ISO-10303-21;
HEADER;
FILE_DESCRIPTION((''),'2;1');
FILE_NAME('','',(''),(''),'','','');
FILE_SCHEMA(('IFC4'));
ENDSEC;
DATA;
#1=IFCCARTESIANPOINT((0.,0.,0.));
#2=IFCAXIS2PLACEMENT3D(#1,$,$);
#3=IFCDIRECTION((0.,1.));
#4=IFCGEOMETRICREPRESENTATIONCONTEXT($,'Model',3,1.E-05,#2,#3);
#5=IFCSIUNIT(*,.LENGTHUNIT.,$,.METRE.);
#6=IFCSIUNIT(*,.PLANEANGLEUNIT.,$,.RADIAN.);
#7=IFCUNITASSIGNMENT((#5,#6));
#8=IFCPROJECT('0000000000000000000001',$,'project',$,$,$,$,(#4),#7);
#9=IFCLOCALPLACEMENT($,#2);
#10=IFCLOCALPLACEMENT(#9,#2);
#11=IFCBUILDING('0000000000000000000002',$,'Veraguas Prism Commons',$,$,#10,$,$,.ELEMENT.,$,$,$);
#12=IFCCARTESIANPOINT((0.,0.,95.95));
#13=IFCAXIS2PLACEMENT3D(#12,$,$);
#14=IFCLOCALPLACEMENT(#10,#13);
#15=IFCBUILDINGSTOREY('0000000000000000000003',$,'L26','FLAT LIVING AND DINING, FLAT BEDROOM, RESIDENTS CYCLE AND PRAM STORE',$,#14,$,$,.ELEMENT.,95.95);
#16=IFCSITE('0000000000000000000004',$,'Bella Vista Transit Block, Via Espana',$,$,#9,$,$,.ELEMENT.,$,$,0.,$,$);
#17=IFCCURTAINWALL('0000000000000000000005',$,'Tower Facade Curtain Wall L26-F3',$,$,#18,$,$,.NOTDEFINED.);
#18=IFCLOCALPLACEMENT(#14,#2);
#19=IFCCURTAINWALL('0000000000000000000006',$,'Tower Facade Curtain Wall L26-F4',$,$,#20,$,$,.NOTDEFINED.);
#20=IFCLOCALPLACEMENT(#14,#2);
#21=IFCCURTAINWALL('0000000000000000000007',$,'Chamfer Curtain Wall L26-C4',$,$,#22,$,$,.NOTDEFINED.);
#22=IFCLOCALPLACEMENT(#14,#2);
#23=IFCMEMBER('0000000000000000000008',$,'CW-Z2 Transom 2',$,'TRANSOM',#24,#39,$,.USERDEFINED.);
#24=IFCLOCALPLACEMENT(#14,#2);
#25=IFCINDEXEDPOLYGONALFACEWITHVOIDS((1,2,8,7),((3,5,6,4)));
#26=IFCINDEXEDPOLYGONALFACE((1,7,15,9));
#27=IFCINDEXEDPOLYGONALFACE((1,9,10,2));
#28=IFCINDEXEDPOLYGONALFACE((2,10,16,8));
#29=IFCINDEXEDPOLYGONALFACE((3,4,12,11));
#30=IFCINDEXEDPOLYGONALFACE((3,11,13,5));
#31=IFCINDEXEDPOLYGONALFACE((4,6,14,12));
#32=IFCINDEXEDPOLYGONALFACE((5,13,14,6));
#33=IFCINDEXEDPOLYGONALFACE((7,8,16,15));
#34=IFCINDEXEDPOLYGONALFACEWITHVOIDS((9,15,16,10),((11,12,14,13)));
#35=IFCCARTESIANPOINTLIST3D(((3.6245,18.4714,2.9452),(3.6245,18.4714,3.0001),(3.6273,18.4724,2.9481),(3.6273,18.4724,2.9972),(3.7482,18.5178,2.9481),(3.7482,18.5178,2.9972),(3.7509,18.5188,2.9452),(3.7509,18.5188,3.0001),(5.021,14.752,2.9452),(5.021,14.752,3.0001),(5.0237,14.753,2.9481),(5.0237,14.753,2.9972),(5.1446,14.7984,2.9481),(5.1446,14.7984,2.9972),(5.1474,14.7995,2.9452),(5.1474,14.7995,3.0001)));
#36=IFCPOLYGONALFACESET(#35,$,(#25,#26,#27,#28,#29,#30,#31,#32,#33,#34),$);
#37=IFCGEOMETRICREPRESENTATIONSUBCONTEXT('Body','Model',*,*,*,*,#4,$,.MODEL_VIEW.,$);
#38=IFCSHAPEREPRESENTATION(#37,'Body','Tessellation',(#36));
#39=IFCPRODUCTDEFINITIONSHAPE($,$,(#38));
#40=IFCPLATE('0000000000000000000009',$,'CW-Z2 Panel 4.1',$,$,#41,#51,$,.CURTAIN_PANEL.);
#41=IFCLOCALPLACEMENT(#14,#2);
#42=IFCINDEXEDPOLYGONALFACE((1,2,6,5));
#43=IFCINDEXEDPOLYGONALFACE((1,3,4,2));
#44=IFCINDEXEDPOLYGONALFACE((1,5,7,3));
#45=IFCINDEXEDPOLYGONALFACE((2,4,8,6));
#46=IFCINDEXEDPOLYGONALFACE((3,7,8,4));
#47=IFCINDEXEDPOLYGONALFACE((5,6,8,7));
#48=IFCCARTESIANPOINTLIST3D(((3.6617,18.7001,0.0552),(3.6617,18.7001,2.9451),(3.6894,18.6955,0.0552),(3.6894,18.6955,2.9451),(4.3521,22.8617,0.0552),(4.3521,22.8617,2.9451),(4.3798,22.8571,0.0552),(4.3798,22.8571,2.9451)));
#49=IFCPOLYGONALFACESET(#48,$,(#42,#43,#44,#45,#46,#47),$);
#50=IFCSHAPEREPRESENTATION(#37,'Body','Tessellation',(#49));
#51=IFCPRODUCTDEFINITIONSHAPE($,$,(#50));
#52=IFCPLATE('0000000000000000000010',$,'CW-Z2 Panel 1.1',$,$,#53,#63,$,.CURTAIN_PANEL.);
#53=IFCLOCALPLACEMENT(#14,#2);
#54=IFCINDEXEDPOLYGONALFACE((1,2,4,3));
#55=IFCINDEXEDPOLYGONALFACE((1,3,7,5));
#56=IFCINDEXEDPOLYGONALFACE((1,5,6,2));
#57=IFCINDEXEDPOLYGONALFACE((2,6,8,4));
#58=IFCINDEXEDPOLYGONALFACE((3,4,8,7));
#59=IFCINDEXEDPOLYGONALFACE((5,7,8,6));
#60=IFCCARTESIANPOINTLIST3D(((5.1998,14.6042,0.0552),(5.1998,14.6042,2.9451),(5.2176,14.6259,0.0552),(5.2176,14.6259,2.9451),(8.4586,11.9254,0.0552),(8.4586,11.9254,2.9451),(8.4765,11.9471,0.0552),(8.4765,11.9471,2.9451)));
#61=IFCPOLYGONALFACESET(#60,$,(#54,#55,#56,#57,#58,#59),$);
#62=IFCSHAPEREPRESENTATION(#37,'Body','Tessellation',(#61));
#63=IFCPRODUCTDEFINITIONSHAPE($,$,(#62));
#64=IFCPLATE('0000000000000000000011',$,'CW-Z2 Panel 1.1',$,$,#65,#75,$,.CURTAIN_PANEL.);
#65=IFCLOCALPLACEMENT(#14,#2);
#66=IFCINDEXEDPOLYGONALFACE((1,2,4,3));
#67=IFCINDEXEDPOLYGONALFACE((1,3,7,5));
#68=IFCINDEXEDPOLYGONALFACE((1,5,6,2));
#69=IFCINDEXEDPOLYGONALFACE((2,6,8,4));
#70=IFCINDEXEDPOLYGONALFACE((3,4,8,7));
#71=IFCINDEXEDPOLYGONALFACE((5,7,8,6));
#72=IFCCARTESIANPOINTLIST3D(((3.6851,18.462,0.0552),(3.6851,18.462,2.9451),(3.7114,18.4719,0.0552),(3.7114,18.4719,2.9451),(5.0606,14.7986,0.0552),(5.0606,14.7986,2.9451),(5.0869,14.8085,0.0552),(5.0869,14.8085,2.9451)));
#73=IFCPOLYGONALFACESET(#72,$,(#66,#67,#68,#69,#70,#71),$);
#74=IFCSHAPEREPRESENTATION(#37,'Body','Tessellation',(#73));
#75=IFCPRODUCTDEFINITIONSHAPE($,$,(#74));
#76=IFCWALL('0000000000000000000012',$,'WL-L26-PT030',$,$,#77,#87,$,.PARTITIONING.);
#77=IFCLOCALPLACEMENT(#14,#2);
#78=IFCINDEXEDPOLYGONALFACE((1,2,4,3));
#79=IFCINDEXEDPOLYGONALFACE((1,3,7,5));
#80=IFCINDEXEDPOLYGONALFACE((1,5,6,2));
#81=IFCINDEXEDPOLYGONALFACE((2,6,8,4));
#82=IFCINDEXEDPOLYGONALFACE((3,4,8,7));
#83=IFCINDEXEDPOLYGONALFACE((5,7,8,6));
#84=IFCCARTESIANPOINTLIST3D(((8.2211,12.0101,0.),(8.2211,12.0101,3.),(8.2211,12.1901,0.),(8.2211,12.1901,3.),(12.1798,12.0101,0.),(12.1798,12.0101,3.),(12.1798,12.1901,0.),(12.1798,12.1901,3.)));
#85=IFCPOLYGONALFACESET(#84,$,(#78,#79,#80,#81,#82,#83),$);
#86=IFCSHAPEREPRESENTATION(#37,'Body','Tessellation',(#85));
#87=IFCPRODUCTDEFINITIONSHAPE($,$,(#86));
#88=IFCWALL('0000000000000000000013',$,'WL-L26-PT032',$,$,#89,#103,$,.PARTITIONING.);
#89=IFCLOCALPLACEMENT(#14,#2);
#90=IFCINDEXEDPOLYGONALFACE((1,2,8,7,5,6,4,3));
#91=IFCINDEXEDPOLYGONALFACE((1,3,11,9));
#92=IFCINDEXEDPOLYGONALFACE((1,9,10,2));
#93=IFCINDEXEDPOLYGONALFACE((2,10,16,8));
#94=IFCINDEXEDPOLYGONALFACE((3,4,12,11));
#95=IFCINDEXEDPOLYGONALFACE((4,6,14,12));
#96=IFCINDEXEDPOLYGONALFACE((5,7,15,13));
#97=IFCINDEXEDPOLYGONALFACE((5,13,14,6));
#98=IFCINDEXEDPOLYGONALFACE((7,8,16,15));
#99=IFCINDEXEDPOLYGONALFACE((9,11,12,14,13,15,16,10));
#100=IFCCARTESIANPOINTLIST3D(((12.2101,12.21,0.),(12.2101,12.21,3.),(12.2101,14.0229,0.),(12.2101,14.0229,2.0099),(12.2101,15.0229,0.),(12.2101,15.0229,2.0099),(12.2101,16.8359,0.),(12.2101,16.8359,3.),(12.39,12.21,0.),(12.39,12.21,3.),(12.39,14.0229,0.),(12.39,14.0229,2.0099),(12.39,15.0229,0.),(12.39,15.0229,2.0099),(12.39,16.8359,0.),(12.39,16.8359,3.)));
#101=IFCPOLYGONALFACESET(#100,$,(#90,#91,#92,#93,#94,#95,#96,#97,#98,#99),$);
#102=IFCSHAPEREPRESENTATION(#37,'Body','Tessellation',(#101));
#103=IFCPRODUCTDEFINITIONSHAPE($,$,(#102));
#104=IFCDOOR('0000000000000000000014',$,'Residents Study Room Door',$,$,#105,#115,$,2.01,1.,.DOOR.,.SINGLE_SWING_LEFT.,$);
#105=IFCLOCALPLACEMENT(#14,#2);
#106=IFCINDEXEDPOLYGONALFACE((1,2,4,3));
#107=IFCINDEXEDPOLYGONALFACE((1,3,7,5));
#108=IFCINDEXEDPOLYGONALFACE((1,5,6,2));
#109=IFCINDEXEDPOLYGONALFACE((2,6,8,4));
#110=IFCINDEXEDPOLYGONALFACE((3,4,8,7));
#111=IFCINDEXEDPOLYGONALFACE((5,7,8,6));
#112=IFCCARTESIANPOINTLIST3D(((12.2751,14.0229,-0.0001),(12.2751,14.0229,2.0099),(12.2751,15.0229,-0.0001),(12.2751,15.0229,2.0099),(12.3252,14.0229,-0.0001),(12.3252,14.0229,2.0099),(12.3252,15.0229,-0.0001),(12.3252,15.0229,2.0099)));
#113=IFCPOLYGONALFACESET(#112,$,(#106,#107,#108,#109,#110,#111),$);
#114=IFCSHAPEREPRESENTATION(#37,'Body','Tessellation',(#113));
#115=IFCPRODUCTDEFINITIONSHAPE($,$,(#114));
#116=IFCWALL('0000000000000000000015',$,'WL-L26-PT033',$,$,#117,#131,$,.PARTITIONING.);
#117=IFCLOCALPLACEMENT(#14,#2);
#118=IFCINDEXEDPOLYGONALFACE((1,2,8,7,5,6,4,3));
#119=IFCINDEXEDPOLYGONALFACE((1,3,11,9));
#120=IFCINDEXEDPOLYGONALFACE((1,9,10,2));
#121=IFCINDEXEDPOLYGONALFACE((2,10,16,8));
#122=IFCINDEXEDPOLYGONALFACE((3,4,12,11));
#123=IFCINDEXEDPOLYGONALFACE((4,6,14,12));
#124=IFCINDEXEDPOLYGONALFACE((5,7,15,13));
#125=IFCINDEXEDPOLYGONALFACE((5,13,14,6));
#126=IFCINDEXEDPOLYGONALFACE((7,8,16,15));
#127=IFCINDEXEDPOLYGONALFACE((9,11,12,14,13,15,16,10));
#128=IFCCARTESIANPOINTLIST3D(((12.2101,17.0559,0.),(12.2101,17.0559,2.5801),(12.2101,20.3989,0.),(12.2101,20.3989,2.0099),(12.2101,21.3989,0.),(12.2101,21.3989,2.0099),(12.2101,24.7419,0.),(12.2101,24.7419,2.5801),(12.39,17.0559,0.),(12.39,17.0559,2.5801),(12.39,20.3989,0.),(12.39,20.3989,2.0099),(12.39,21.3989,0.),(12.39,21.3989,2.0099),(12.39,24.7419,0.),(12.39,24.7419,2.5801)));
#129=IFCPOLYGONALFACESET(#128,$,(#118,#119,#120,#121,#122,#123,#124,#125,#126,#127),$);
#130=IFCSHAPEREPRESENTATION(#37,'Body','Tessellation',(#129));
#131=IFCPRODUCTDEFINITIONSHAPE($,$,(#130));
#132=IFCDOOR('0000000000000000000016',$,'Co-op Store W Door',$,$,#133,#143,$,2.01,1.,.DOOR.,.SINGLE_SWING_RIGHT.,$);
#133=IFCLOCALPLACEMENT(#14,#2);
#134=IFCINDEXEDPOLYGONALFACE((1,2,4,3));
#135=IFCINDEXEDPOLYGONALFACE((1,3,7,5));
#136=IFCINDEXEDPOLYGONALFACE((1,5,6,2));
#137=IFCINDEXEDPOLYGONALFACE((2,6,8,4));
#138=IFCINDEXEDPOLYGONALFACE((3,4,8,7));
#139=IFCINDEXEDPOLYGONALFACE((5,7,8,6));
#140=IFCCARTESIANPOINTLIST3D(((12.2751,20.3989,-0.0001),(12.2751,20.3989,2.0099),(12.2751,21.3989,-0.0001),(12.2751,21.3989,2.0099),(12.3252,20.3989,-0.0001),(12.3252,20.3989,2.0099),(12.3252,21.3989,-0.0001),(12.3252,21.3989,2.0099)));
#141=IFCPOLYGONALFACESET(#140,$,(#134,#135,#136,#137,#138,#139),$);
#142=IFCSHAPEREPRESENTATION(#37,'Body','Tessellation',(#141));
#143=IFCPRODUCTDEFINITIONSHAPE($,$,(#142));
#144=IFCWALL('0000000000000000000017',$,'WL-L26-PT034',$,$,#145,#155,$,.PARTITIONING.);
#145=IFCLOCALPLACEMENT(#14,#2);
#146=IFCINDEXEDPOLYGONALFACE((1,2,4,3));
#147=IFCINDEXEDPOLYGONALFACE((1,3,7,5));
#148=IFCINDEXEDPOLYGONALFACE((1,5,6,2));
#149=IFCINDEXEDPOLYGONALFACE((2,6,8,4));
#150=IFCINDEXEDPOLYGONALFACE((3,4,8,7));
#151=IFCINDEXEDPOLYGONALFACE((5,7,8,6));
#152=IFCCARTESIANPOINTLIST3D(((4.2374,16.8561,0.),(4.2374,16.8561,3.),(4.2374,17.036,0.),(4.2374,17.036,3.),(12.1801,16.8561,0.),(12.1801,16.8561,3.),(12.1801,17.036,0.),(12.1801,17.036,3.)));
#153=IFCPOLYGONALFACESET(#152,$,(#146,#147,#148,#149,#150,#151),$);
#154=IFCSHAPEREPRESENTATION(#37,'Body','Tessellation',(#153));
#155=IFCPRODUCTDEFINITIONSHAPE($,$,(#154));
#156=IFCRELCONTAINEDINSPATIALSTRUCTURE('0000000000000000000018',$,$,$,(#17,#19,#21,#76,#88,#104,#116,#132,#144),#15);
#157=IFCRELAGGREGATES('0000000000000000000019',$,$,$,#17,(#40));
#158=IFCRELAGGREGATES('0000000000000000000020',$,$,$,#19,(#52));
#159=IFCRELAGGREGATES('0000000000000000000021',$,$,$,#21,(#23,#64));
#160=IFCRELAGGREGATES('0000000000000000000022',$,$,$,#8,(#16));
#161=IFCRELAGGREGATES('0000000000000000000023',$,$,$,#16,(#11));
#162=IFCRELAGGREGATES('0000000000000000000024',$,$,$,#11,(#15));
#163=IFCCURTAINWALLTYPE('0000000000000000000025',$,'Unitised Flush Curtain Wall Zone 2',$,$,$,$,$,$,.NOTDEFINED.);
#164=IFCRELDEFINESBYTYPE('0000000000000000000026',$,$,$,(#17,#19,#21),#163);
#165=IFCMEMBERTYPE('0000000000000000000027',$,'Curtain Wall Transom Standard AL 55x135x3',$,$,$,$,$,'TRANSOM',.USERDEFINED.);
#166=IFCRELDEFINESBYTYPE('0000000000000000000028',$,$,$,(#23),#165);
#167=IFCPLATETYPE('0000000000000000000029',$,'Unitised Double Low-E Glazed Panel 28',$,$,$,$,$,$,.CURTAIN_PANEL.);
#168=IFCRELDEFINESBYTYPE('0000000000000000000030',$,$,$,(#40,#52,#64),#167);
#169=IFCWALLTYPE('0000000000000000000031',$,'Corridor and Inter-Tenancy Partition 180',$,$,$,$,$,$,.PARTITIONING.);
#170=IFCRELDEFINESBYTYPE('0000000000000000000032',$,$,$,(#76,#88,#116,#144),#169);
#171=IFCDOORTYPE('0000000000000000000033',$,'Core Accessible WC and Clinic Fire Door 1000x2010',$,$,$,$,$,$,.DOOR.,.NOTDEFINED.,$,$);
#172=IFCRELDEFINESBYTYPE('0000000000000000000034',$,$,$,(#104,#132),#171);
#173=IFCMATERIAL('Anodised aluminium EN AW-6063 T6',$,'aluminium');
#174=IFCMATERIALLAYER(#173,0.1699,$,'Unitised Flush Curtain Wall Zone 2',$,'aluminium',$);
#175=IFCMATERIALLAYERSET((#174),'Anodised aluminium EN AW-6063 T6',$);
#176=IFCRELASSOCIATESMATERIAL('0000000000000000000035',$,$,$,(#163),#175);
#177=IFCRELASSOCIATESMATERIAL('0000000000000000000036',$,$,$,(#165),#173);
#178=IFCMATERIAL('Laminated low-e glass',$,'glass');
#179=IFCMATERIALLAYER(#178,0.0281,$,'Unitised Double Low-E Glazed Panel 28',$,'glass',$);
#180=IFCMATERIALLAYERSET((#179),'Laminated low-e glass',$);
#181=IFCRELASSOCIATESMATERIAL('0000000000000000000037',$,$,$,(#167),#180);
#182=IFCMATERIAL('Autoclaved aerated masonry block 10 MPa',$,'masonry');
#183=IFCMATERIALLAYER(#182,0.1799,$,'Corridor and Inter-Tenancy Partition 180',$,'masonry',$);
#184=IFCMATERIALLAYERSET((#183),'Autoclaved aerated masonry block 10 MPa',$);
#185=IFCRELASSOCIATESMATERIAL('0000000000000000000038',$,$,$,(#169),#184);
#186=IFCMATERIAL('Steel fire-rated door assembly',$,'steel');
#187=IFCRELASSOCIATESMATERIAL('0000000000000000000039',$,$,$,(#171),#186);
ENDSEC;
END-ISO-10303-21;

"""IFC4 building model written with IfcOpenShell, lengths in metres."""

from ifc_helpers import new_model, si_unit, direction, frame, frame_2d, origin, origin_2d, place, context, subcontext, project, spatial, rectangle, hollow_rectangle, extrude, source, transform, mapped, material, layer, layer_set, material_profile, profile_set, type_object, element, fill, aggregate, save


model = new_model("IFC4")

# Units and contexts
model_context = context("Model", 3, precision=1e-05, world=origin(), true_north=direction((0.0, 1.0)))
body_context = subcontext(model_context, "Body", "Model", "MODEL_VIEW")
ifc_project = project(units=[si_unit("LENGTHUNIT", "METRE"), si_unit("PLANEANGLEUNIT", "RADIAN")], contexts=[model_context])

# Site, building, storey
site_placement = place(None, origin())
site = spatial("IfcSite", under=ifc_project, at=site_placement, Name="Bella Vista Transit Block, Via Espana", CompositionType="ELEMENT", RefElevation=0.0)
building_placement = place(site_placement, origin())
building = spatial("IfcBuilding", under=site, at=building_placement, Name="Veraguas Prism Commons", CompositionType="ELEMENT")
storey_placement = place(building_placement, frame((0.0, 0.0, 95.95)))
storey = spatial("IfcBuildingStorey", under=building, at=storey_placement, Name="L26", Description="FLAT LIVING AND DINING, FLAT BEDROOM, RESIDENTS CYCLE AND PRAM STORE", CompositionType="ELEMENT", Elevation=95.95)

# Curtain walls
ifc_material_1 = material(Name="Anodised aluminium EN AW-6063 T6", Category="aluminium")
ifc_layer_1 = layer(ifc_material_1, 0.1699, Name="Unitised Flush Curtain Wall Zone 2", Category="aluminium")
ifc_layer_set_1 = layer_set([ifc_layer_1], Name="Anodised aluminium EN AW-6063 T6")
curtain_wall_type = type_object("IfcCurtainWallType", Name="Unitised Flush Curtain Wall Zone 2", PredefinedType="NOTDEFINED", material=ifc_layer_set_1)
curtain_wall_1_placement = place(storey_placement, origin())
curtain_wall_1 = element("IfcCurtainWall", 1, at=curtain_wall_1_placement, inside=storey, type_object=curtain_wall_type, Name="Tower Facade Curtain Wall L26-F3", PredefinedType="NOTDEFINED")
curtain_wall_2_placement = place(storey_placement, origin())
curtain_wall_2 = element("IfcCurtainWall", 2, at=curtain_wall_2_placement, inside=storey, type_object=curtain_wall_type, Name="Tower Facade Curtain Wall L26-F4", PredefinedType="NOTDEFINED")

# Curtain wall
curtain_wall_3_placement = place(storey_placement, origin())
curtain_wall_3 = element("IfcCurtainWall", 3, at=curtain_wall_3_placement, inside=storey, type_object=curtain_wall_type, Name="Chamfer Curtain Wall L26-C4", PredefinedType="NOTDEFINED")

# Member
ifc_material_profile_1 = material_profile(ifc_material_1, hollow_rectangle(XDim=0.0549, YDim=0.135, WallThickness=0.0029, at=origin_2d()), Name="AL55X135X3")
ifc_profile_set_1 = profile_set([ifc_material_profile_1], Name="Anodised aluminium EN AW-6063 T6")
member_type_1 = type_object("IfcMemberType", Name="Curtain Wall Transom Standard AL 55x135x3", ElementType="TRANSOM", PredefinedType="USERDEFINED", material=ifc_profile_set_1)
shared_shape_1 = source(origin(), body_context, "Body", "SweptSolid", [
    extrude(hollow_rectangle(XDim=0.0549, YDim=0.135, WallThickness=0.0029, at=origin_2d()), origin(), (0.0, 0.0, 1.0), 3.9729),
])
member_1_placement = place(storey_placement, frame((3.6877, 18.4951, 2.9727), z_axis=(0.351494, -0.93619, 0.0), x_axis=(0.0, 0.0, 1.0)))
member_1 = element("IfcMember", 4, at=member_1_placement, type_object=member_type_1, Name="CW-Z2 Transom 2", ObjectType="TRANSOM", PredefinedType="USERDEFINED", context=body_context, shape_type="MappedRepresentation", body=[
    mapped(shared_shape_1, transform((0.0, 0.0, 0.0), scale=1.0)),
])

# Plates
ifc_material_2 = material(Name="Laminated low-e glass", Category="glass")
ifc_layer_2 = layer(ifc_material_2, 0.0281, Name="Unitised Double Low-E Glazed Panel 28", Category="glass")
ifc_layer_set_2 = layer_set([ifc_layer_2], Name="Laminated low-e glass")
plate_type = type_object("IfcPlateType", Name="Unitised Double Low-E Glazed Panel 28", PredefinedType="CURTAIN_PANEL", material=ifc_layer_set_2)
shared_shape_2 = source(origin(), body_context, "Body", "SweptSolid", [
    extrude(rectangle(XDim=4.2185, YDim=0.0281, at=origin_2d()), origin(), (0.0, 0.0, 1.0), 2.8899),
])
plate_1_placement = place(storey_placement, frame((4.0208, 20.7786, 0.0552), z_axis=(0.0, 0.0, 1.0), x_axis=(-0.163672, -0.986515, 0.0)))
plate_1 = element("IfcPlate", 5, at=plate_1_placement, type_object=plate_type, Name="CW-Z2 Panel 4.1", PredefinedType="CURTAIN_PANEL", context=body_context, shape_type="MappedRepresentation", body=[
    mapped(shared_shape_2, transform((0.0, 0.0, 0.0), scale=1.0)),
])
aggregate(curtain_wall_1, [plate_1])
plate_2_placement = place(storey_placement, frame((6.8381, 13.2756, 0.0552), z_axis=(0.0, 0.0, 1.0), x_axis=(0.772512, -0.635, 0.0)))
plate_2 = element("IfcPlate", 6, at=plate_2_placement, type_object=plate_type, Name="CW-Z2 Panel 1.1", PredefinedType="CURTAIN_PANEL", context=body_context, shape_type="MappedRepresentation", body=[
    mapped(shared_shape_2, transform((0.0, 0.0, 0.0), scale=1.0)),
])
aggregate(curtain_wall_2, [plate_2])
shared_shape_3 = source(origin(), body_context, "Body", "SweptSolid", [
    extrude(rectangle(XDim=3.9131, YDim=0.0281, at=origin_2d()), origin(), (0.0, 0.0, 1.0), 2.8899),
])
plate_3_placement = place(storey_placement, frame((4.386, 16.6353, 0.0552), z_axis=(0.0, 0.0, 1.0), x_axis=(0.351518, -0.936181, 0.0)))
plate_3 = element("IfcPlate", 7, at=plate_3_placement, type_object=plate_type, Name="CW-Z2 Panel 1.1", PredefinedType="CURTAIN_PANEL", context=body_context, shape_type="MappedRepresentation", body=[
    mapped(shared_shape_3, transform((0.0, 0.0, 0.0), scale=1.0)),
])
aggregate(curtain_wall_3, [member_1, plate_3])

# Wall
ifc_material_3 = material(Name="Autoclaved aerated masonry block 10 MPa", Category="masonry")
ifc_layer_3 = layer(ifc_material_3, 0.1799, Name="Corridor and Inter-Tenancy Partition 180", Category="masonry")
ifc_layer_set_3 = layer_set([ifc_layer_3], Name="Autoclaved aerated masonry block 10 MPa")
wall_type = type_object("IfcWallType", Name="Corridor and Inter-Tenancy Partition 180", PredefinedType="PARTITIONING", material=ifc_layer_set_3)
wall_1_placement = place(storey_placement, frame((12.1799, 12.1001, 0.0), z_axis=(0.0, 0.0, 1.0), x_axis=(-1.0, 0.0, 0.0)))
element("IfcWall", 8, at=wall_1_placement, inside=storey, type_object=wall_type, Name="WL-L26-PT030", PredefinedType="PARTITIONING", context=body_context, shape_type="SweptSolid", body=[
    extrude(rectangle(XDim=3.9587, YDim=0.1799, at=frame_2d((1.9795, 0.0))), origin(), (0.0, 0.0, 1.0), 3.0),
])

# Walls, openings, doors
wall_2_placement = place(storey_placement, frame((12.3, 12.21, 0.0), z_axis=(0.0, 0.0, 1.0), x_axis=(0.0, 1.0, 0.0)))
wall_2 = element("IfcWall", 9, at=wall_2_placement, inside=storey, type_object=wall_type, Name="WL-L26-PT032", PredefinedType="PARTITIONING", context=body_context, shape_type="SweptSolid", body=[
    extrude(rectangle(XDim=4.626, YDim=0.1799, at=frame_2d((2.313, 0.0))), origin(), (0.0, 0.0, 1.0), 3.0),
])
opening_1_placement = place(wall_2_placement, frame((1.813, 0.0, 0.0)))
opening_1 = element("IfcOpeningElement", 10, at=opening_1_placement, cuts=wall_2, PredefinedType="OPENING", context=body_context, shape_type="SweptSolid", body=[
    extrude(rectangle(XDim=1.0, YDim=2.01, at=frame_2d((0.5, 1.0049))), frame((0.0, 0.0999, 0.0), z_axis=(0.0, -1.0, 0.0), x_axis=(1.0, 0.0, 0.0)), (0.0, 0.0, 1.0), 0.2),
])
ifc_material_4 = material(Name="Steel fire-rated door assembly", Category="steel")
door_type = type_object("IfcDoorType", Name="Core Accessible WC and Clinic Fire Door 1000x2010", OperationType="NOTDEFINED", PredefinedType="DOOR", material=ifc_material_4)
shared_shape_4 = source(origin(), body_context, "Body", "SweptSolid", [
    extrude(rectangle(XDim=1.0, YDim=2.01, at=frame_2d((0.5, 1.0049))), frame((0.0, 0.0249, 0.0), z_axis=(0.0, -1.0, 0.0), x_axis=(1.0, 0.0, 0.0)), (0.0, 0.0, 1.0), 0.05),
])
door_1_placement = place(opening_1_placement, origin())
door_1 = element("IfcDoor", 11, at=door_1_placement, inside=storey, type_object=door_type, Name="Residents Study Room Door", OperationType="SINGLE_SWING_LEFT", OverallHeight=2.01, OverallWidth=1.0, PredefinedType="DOOR", context=body_context, shape_type="MappedRepresentation", body=[
    mapped(shared_shape_4, transform((0.0, 0.0, 0.0), scale=1.0)),
])
fill(opening_1, door_1)
wall_3_placement = place(storey_placement, frame((12.3, 17.0559, 0.0), z_axis=(0.0, 0.0, 1.0), x_axis=(0.0, 1.0, 0.0)))
wall_3 = element("IfcWall", 12, at=wall_3_placement, inside=storey, type_object=wall_type, Name="WL-L26-PT033", PredefinedType="PARTITIONING", context=body_context, shape_type="SweptSolid", body=[
    extrude(rectangle(XDim=7.686, YDim=0.1799, at=frame_2d((3.843, 0.0))), origin(), (0.0, 0.0, 1.0), 2.5801),
])
opening_2_placement = place(wall_3_placement, frame((3.343, 0.0, 0.0)))
opening_2 = element("IfcOpeningElement", 13, at=opening_2_placement, cuts=wall_3, PredefinedType="OPENING", context=body_context, shape_type="SweptSolid", body=[
    extrude(rectangle(XDim=1.0, YDim=2.01, at=frame_2d((0.5, 1.0049))), frame((0.0, 0.0999, 0.0), z_axis=(0.0, -1.0, 0.0), x_axis=(1.0, 0.0, 0.0)), (0.0, 0.0, 1.0), 0.2),
])
door_2_placement = place(opening_2_placement, origin())
door_2 = element("IfcDoor", 14, at=door_2_placement, inside=storey, type_object=door_type, Name="Co-op Store W Door", OperationType="SINGLE_SWING_RIGHT", OverallHeight=2.01, OverallWidth=1.0, PredefinedType="DOOR", context=body_context, shape_type="MappedRepresentation", body=[
    mapped(shared_shape_4, transform((0.0, 0.0, 0.0), scale=1.0)),
])
fill(opening_2, door_2)

# Wall
wall_4_placement = place(storey_placement, frame((12.1799, 16.946, 0.0), z_axis=(0.0, 0.0, 1.0), x_axis=(-1.0, 0.0, 0.0)))
element("IfcWall", 15, at=wall_4_placement, inside=storey, type_object=wall_type, Name="WL-L26-PT034", PredefinedType="PARTITIONING", context=body_context, shape_type="SweptSolid", body=[
    extrude(rectangle(XDim=7.9426, YDim=0.1799, at=frame_2d((3.9712, 0.0))), origin(), (0.0, 0.0, 1.0), 3.0),
])

save(model, "model.ifc")
